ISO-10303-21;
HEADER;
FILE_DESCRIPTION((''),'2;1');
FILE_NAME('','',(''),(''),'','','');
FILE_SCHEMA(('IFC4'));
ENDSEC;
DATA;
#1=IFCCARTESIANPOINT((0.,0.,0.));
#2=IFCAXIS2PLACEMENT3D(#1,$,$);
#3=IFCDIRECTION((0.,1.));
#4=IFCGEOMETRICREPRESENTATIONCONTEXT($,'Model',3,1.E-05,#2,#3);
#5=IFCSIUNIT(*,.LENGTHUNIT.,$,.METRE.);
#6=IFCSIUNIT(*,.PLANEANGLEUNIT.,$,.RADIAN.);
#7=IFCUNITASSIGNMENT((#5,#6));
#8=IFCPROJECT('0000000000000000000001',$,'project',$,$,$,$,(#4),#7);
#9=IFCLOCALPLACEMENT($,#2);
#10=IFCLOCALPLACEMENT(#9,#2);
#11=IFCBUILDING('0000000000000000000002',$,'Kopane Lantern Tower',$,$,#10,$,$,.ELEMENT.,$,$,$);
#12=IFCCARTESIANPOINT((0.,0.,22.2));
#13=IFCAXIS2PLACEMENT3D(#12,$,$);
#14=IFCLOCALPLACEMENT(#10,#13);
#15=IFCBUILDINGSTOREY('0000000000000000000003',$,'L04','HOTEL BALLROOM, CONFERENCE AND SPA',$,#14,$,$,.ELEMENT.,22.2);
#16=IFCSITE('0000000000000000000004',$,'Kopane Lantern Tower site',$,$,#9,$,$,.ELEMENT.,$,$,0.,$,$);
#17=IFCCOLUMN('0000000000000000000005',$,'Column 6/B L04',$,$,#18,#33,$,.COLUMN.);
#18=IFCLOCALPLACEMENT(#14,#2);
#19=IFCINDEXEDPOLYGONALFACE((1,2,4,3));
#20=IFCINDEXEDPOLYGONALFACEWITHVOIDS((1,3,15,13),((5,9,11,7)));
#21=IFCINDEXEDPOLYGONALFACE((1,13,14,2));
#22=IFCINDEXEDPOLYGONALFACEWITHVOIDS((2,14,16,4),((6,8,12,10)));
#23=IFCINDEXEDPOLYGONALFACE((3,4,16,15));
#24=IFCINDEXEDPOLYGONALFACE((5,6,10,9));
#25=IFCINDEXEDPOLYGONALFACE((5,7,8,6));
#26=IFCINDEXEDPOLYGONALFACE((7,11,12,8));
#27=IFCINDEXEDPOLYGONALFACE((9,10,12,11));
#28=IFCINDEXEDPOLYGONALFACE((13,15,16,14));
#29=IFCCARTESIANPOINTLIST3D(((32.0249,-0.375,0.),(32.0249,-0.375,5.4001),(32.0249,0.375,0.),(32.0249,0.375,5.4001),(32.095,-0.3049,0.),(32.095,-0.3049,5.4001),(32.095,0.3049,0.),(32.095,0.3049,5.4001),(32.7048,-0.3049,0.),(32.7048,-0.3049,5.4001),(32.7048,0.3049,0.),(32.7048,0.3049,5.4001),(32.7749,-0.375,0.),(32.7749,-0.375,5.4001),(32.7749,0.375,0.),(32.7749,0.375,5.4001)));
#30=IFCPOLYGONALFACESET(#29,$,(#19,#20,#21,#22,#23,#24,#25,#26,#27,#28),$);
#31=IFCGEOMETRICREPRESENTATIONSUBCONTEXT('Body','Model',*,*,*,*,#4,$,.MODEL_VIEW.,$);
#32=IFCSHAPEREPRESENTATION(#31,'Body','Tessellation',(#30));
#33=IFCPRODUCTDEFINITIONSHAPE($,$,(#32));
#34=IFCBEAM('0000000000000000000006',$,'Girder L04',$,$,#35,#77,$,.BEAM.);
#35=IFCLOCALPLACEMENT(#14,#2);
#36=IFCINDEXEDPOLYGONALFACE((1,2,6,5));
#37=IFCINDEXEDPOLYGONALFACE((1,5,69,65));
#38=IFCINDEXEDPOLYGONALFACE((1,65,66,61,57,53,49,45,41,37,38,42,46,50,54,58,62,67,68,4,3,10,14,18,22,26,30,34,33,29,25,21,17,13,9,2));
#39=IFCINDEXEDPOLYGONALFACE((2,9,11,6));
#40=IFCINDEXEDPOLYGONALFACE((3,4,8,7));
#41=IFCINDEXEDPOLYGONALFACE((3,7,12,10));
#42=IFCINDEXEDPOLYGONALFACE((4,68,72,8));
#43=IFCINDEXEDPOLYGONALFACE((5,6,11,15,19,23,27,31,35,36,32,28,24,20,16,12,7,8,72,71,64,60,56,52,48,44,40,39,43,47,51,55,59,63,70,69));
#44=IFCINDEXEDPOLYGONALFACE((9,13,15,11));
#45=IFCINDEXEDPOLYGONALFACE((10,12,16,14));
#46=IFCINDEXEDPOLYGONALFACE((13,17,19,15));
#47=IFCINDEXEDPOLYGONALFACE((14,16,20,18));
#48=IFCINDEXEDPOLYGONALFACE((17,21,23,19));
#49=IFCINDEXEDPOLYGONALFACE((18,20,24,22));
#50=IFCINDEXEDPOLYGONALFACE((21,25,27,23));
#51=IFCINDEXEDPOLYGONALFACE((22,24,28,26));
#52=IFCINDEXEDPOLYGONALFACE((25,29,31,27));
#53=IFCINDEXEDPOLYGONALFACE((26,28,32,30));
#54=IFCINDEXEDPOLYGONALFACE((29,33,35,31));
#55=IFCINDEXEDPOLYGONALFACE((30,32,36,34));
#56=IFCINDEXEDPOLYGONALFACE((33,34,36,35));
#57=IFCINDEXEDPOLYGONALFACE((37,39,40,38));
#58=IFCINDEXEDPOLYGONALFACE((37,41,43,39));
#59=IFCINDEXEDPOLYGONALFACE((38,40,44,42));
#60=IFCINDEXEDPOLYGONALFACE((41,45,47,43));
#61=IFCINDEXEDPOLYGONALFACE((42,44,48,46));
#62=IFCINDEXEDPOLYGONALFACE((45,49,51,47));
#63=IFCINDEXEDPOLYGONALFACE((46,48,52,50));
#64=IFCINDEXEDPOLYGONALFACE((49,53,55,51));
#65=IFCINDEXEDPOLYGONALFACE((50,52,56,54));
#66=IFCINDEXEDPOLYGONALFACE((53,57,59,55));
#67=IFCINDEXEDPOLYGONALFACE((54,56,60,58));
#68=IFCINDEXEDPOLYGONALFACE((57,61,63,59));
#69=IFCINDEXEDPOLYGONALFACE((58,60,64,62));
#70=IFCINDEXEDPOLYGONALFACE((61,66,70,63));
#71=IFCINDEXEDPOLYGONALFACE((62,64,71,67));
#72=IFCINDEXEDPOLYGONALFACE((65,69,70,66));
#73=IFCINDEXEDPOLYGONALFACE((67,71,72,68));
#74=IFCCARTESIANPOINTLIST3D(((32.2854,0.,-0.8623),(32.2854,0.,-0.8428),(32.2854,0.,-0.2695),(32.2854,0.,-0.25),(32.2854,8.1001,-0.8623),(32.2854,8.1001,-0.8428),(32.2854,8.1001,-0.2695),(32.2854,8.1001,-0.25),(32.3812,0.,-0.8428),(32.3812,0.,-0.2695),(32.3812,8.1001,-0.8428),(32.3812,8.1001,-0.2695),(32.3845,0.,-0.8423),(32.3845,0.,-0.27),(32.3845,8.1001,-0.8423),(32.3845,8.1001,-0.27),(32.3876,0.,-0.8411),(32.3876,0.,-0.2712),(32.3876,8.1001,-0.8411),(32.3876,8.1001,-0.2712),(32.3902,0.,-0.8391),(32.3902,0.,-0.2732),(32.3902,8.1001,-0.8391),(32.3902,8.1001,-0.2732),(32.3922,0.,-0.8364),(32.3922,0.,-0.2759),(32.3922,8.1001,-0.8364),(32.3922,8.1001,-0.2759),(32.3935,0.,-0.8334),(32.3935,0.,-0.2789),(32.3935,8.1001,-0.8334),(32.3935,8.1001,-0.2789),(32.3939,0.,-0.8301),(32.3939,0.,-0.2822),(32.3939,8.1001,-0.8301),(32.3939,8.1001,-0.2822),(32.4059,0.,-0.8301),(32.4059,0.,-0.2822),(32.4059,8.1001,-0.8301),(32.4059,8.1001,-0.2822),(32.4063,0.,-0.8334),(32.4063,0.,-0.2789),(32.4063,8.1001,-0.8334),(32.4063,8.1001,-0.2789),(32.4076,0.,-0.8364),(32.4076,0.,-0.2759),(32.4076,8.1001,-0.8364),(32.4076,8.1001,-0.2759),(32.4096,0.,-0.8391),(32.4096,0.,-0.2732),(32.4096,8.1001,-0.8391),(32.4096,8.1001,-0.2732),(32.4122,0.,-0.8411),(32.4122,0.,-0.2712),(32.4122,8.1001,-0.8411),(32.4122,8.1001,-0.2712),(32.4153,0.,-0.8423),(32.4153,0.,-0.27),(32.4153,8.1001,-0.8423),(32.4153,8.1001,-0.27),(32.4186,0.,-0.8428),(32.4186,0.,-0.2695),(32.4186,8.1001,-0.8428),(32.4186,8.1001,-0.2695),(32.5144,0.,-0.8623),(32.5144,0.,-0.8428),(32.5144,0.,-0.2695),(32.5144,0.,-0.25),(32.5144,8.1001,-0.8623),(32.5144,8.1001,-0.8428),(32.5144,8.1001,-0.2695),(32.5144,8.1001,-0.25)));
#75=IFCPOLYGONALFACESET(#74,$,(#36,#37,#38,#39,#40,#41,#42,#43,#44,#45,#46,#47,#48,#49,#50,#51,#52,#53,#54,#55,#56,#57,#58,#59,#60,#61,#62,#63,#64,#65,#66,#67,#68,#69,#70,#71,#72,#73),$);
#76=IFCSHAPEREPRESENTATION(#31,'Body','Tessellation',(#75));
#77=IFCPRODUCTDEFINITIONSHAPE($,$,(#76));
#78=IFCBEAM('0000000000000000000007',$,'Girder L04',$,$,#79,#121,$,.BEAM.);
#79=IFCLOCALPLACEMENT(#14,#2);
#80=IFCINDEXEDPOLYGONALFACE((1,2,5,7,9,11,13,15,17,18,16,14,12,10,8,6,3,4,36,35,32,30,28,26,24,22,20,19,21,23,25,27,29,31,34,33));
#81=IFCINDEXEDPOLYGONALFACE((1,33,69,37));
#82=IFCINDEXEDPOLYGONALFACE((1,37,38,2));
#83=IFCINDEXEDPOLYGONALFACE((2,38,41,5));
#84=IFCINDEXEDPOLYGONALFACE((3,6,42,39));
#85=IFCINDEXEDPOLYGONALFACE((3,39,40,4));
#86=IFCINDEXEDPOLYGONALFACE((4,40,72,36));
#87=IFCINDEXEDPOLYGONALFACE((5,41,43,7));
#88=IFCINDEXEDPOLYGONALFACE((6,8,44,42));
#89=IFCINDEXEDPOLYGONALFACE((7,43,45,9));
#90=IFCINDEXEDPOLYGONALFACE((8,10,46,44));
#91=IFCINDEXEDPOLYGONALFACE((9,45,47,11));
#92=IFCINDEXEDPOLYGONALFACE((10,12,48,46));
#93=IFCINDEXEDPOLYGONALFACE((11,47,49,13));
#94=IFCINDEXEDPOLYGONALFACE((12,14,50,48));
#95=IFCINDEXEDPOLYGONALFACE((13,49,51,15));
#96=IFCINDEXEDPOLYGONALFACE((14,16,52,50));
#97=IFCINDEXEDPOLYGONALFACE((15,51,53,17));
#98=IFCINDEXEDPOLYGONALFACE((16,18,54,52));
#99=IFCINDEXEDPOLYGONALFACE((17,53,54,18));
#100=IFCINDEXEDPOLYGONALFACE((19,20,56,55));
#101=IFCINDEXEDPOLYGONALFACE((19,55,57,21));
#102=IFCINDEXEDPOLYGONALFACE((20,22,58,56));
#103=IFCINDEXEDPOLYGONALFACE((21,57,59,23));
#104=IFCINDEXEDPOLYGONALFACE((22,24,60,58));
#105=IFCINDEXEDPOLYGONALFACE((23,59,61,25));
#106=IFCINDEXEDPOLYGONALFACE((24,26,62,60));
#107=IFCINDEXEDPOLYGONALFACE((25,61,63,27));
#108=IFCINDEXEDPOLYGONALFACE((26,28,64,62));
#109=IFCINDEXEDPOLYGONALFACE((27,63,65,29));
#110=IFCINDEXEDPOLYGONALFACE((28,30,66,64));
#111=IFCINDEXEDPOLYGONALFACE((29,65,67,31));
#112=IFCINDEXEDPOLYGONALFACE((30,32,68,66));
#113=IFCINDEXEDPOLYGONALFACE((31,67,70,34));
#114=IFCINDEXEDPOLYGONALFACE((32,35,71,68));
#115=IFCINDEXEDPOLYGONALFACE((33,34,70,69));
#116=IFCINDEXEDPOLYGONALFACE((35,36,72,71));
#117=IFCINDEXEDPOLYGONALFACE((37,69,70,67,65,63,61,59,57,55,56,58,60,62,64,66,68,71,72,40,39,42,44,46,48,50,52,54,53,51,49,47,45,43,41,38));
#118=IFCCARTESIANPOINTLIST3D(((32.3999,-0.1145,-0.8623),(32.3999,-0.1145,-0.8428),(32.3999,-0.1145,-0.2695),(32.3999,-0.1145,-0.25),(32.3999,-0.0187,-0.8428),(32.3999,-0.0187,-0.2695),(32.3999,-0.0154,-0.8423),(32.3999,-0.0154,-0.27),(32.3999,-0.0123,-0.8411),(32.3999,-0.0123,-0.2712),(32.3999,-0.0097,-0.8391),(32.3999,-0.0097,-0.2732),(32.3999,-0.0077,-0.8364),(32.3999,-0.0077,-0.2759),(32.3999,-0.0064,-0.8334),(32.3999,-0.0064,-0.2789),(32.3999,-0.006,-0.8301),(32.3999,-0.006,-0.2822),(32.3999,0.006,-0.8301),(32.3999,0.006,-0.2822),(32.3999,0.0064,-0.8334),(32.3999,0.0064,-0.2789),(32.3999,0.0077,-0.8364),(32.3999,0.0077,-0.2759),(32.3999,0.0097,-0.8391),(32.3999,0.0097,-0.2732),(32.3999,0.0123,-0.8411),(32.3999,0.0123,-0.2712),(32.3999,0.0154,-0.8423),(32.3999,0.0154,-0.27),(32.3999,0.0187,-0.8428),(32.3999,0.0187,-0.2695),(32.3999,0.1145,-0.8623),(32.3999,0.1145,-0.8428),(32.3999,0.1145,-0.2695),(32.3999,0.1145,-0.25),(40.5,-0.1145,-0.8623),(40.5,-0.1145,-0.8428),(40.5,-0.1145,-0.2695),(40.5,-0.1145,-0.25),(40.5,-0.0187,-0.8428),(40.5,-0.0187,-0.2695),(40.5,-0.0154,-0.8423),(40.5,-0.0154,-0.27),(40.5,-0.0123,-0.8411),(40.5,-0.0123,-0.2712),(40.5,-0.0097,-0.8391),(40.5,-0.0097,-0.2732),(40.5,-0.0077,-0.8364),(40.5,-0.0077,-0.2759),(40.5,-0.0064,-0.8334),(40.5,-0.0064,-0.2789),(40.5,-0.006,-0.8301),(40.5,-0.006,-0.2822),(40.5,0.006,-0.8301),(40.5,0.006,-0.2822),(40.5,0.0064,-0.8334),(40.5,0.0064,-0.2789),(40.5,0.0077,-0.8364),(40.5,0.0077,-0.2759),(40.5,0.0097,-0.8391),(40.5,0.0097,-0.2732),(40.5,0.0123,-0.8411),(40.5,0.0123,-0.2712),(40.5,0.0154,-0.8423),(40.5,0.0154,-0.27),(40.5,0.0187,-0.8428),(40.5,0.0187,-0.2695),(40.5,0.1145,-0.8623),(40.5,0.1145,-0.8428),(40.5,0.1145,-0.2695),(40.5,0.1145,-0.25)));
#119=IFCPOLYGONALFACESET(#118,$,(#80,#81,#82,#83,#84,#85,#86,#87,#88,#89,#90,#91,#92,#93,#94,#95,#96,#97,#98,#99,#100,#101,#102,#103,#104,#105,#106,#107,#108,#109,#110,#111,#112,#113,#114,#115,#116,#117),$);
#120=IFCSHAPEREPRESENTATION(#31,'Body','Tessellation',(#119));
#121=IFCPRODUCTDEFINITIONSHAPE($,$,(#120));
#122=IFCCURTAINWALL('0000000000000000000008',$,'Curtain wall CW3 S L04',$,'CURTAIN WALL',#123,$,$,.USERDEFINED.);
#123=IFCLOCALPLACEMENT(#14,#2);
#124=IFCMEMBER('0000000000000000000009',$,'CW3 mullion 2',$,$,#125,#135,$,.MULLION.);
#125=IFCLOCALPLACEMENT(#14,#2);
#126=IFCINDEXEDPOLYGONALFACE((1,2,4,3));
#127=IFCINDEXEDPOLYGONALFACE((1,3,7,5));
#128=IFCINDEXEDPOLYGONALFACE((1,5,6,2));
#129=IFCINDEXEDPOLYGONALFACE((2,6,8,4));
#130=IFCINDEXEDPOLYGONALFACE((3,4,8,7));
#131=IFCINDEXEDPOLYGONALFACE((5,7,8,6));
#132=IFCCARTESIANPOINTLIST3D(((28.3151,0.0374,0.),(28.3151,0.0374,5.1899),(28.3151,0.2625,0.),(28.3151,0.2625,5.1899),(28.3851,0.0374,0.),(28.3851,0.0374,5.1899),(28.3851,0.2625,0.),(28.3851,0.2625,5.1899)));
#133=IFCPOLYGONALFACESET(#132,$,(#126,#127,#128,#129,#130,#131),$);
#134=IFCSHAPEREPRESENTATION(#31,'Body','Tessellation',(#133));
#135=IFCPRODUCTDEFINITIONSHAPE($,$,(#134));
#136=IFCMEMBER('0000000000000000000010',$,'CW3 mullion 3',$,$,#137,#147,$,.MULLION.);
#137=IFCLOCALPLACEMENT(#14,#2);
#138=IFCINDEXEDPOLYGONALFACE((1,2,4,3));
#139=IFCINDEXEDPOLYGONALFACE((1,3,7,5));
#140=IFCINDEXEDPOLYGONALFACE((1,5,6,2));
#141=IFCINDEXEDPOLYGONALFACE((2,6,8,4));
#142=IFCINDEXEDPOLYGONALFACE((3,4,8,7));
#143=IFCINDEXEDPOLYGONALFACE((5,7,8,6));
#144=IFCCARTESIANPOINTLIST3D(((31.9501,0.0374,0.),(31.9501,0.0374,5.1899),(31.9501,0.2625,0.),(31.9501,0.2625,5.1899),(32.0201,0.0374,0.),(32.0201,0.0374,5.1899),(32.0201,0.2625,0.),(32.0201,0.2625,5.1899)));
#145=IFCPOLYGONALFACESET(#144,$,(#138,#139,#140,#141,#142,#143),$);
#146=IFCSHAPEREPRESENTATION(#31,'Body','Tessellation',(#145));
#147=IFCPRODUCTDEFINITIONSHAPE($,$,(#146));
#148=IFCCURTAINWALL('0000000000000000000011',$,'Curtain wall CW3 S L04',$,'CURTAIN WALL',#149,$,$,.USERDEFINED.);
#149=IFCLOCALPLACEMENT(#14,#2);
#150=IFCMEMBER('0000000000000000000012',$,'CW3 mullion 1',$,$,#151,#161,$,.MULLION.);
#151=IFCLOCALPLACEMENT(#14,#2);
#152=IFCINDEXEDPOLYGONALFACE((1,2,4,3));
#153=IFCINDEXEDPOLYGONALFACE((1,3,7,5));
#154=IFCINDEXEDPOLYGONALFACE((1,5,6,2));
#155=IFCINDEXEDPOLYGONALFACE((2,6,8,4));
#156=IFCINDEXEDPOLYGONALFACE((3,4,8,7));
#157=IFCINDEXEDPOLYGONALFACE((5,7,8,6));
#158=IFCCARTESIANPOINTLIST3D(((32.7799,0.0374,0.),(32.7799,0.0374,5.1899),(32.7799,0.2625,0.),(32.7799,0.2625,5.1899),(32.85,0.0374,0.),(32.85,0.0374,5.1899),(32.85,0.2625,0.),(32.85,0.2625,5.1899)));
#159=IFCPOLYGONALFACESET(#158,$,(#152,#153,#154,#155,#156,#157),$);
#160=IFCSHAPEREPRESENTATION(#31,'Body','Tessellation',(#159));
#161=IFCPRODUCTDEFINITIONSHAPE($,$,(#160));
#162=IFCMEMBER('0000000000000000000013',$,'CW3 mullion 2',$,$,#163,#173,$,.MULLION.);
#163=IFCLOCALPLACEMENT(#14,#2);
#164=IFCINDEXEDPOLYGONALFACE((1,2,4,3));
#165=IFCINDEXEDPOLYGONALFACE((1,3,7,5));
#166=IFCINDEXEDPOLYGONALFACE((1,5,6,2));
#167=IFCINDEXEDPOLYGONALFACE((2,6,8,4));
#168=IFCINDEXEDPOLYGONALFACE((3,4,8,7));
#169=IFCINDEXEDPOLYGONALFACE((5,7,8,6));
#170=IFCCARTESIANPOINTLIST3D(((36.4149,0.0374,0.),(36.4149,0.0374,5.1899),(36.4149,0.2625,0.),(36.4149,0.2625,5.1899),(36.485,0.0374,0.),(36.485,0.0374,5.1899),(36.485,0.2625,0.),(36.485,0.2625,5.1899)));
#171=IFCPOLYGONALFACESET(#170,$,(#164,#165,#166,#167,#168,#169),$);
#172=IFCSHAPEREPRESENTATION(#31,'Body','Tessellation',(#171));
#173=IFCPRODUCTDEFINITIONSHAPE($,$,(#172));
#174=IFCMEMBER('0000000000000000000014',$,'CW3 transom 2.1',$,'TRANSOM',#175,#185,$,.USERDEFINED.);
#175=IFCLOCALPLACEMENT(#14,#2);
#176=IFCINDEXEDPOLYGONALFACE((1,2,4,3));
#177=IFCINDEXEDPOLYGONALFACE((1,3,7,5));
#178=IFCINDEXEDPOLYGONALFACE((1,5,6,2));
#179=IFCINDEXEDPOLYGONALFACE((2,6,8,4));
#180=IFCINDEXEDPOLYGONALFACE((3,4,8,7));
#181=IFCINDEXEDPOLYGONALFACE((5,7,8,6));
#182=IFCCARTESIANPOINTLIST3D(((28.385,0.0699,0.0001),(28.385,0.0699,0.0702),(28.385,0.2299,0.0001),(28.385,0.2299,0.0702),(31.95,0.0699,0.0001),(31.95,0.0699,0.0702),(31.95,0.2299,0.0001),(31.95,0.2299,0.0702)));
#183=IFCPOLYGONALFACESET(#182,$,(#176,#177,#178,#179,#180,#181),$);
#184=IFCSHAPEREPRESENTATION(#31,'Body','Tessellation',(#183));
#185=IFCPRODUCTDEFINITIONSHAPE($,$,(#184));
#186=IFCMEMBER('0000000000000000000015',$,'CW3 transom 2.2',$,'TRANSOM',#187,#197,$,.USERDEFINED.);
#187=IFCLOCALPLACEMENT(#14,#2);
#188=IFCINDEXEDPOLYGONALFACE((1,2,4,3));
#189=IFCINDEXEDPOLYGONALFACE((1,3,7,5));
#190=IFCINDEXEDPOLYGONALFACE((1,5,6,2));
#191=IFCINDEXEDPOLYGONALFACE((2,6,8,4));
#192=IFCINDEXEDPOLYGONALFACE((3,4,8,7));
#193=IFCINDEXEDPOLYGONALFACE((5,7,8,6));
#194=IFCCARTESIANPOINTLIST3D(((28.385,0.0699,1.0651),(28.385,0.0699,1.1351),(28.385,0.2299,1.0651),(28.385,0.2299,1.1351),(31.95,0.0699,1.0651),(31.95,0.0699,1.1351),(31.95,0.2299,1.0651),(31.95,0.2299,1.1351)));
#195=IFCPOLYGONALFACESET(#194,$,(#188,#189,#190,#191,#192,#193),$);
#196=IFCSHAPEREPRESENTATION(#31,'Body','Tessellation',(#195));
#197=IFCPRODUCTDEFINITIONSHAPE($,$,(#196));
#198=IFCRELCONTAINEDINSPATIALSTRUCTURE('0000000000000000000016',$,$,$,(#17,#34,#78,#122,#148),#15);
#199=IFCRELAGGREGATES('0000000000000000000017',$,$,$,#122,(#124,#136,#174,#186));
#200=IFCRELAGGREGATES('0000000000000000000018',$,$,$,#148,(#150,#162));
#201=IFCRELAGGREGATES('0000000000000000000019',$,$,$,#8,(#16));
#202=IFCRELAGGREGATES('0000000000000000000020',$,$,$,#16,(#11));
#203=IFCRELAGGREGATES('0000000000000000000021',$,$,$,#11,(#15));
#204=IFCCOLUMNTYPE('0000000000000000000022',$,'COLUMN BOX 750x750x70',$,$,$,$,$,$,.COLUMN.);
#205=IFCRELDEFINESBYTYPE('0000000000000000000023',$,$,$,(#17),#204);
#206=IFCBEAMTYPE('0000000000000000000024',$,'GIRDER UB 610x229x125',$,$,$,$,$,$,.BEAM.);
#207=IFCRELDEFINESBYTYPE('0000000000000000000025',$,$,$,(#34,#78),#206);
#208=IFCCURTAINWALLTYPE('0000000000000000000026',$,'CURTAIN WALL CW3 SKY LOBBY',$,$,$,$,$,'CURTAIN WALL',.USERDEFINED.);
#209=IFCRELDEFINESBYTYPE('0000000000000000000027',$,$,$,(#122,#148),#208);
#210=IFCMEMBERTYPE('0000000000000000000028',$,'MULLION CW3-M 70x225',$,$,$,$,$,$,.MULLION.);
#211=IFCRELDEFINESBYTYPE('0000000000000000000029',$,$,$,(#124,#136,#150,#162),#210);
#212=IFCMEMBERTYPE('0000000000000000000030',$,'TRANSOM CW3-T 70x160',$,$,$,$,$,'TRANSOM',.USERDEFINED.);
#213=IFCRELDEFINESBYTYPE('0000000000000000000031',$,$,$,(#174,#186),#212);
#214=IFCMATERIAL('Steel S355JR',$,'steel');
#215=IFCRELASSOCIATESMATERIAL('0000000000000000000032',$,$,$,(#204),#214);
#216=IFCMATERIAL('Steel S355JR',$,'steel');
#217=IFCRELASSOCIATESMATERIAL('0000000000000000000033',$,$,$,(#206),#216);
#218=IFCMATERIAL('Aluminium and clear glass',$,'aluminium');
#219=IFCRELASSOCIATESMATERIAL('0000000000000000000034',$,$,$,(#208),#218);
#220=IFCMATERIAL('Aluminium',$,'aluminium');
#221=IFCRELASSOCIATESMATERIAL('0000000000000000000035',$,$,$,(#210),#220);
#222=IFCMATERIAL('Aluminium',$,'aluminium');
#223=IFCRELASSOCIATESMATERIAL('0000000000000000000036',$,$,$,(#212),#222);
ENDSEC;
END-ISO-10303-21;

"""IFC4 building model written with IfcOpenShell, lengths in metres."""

from ifc_helpers import new_model, si_unit, direction, frame, origin, origin_2d, place, context, subcontext, project, spatial, rectangle, hollow_rectangle, i_section, extrude, material, material_profile, profile_set, type_object, element, aggregate, save


model = new_model("IFC4")

# Units and contexts
model_context = context("Model", 3, precision=1e-05, world=origin(), true_north=direction((0.0, 1.0)))
body_context = subcontext(model_context, "Body", "Model", "MODEL_VIEW")
ifc_project = project(units=[si_unit("LENGTHUNIT", "METRE"), si_unit("PLANEANGLEUNIT", "RADIAN")], contexts=[model_context])

# Site, building, storey
site_placement = place(None, origin())
site = spatial("IfcSite", under=ifc_project, at=site_placement, Name="Kopane Lantern Tower site", CompositionType="ELEMENT", RefElevation=0.0)
building_placement = place(site_placement, origin())
building = spatial("IfcBuilding", under=site, at=building_placement, Name="Kopane Lantern Tower", CompositionType="ELEMENT")
storey_placement = place(building_placement, frame((0.0, 0.0, 22.2)))
storey = spatial("IfcBuildingStorey", under=building, at=storey_placement, Name="L04", Description="HOTEL BALLROOM, CONFERENCE AND SPA", CompositionType="ELEMENT", Elevation=22.2)

# Column
ifc_material_1 = material(Name="Steel S355JR", Category="steel")
ifc_material_profile_1 = material_profile(ifc_material_1, hollow_rectangle(XDim=0.75, YDim=0.75, WallThickness=0.0701, at=origin_2d()), Name="BOX 750x750x70")
ifc_profile_set_1 = profile_set([ifc_material_profile_1], Name="Steel S355JR")
column_type = type_object("IfcColumnType", Name="COLUMN BOX 750x750x70", PredefinedType="COLUMN", material=ifc_profile_set_1)
column_placement = place(storey_placement, frame((32.3999, 0.0, 0.0), z_axis=(0.0, 0.0, 1.0), x_axis=(1.0, 0.0, 0.0)))
element("IfcColumn", 1, at=column_placement, inside=storey, type_object=column_type, Name="Column 6/B L04", PredefinedType="COLUMN", context=body_context, shape_type="SweptSolid", body=[
    extrude(hollow_rectangle(XDim=0.75, YDim=0.75, WallThickness=0.0701, at=origin_2d()), origin(), (0.0, 0.0, 1.0), 5.4001),
])

# Beams
ifc_material_2 = material(Name="Steel S355JR", Category="steel")
ifc_material_profile_2 = material_profile(ifc_material_2, i_section(OverallWidth=0.229, OverallDepth=0.6123, WebThickness=0.012, FlangeThickness=0.0195, FilletRadius=0.0127, at=origin_2d()), Name="UB 610x229x125")
ifc_profile_set_2 = profile_set([ifc_material_profile_2], Name="Steel S355JR")
beam_type = type_object("IfcBeamType", Name="GIRDER UB 610x229x125", PredefinedType="BEAM", material=ifc_profile_set_2)
for number, where, z_axis, x_axis, name in (
    (2, (32.3999, 0.0, -0.5562), (0.0, 1.0, 0.0), (-1.0, 0.0, 0.0), "Girder L04"),
    (3, (32.3999, 0.0, -0.5562), (1.0, 0.0, 0.0), (0.0, 1.0, 0.0), "Girder L04"),
):
    element("IfcBeam", number, at=place(storey_placement, frame(where, z_axis=z_axis, x_axis=x_axis)), inside=storey, type_object=beam_type, Name=name, PredefinedType="BEAM", context=body_context, shape_type="SweptSolid", body=[
        extrude(i_section(OverallWidth=0.229, OverallDepth=0.6123, WebThickness=0.012, FlangeThickness=0.0195, FilletRadius=0.0127, at=origin_2d()), origin(), (0.0, 0.0, 1.0), 8.1001),
    ])

# Curtain walls, members
ifc_material_3 = material(Name="Aluminium and clear glass", Category="aluminium")
curtain_wall_type = type_object("IfcCurtainWallType", Name="CURTAIN WALL CW3 SKY LOBBY", ElementType="CURTAIN WALL", PredefinedType="USERDEFINED", material=ifc_material_3)
curtain_wall_1_placement = place(storey_placement, origin())
curtain_wall_1 = element("IfcCurtainWall", 4, at=curtain_wall_1_placement, inside=storey, type_object=curtain_wall_type, Name="Curtain wall CW3 S L04", ObjectType="CURTAIN WALL", PredefinedType="USERDEFINED")
ifc_material_4 = material(Name="Aluminium", Category="aluminium")
ifc_material_profile_3 = material_profile(ifc_material_4, rectangle(XDim=0.0701, YDim=0.2251, at=origin_2d()), Name="AL 70x225")
ifc_profile_set_3 = profile_set([ifc_material_profile_3], Name="Aluminium")
member_type_1 = type_object("IfcMemberType", Name="MULLION CW3-M 70x225", PredefinedType="MULLION", material=ifc_profile_set_3)
member_1_placement = place(storey_placement, frame((28.3501, 0.1499, 0.0), z_axis=(0.0, 0.0, 1.0), x_axis=(1.0, 0.0, 0.0)))
member_1 = element("IfcMember", 5, at=member_1_placement, type_object=member_type_1, Name="CW3 mullion 2", PredefinedType="MULLION", context=body_context, shape_type="SweptSolid", body=[
    extrude(rectangle(XDim=0.0701, YDim=0.2251, at=origin_2d()), origin(), (0.0, 0.0, 1.0), 5.1899),
])
member_2_placement = place(storey_placement, frame((31.9851, 0.1499, 0.0), z_axis=(0.0, 0.0, 1.0), x_axis=(1.0, 0.0, 0.0)))
member_2 = element("IfcMember", 6, at=member_2_placement, type_object=member_type_1, Name="CW3 mullion 3", PredefinedType="MULLION", context=body_context, shape_type="SweptSolid", body=[
    extrude(rectangle(XDim=0.0701, YDim=0.2251, at=origin_2d()), origin(), (0.0, 0.0, 1.0), 5.1899),
])
curtain_wall_2_placement = place(storey_placement, origin())
curtain_wall_2 = element("IfcCurtainWall", 7, at=curtain_wall_2_placement, inside=storey, type_object=curtain_wall_type, Name="Curtain wall CW3 S L04", ObjectType="CURTAIN WALL", PredefinedType="USERDEFINED")
member_3_placement = place(storey_placement, frame((32.8149, 0.1499, 0.0), z_axis=(0.0, 0.0, 1.0), x_axis=(1.0, 0.0, 0.0)))
member_3 = element("IfcMember", 8, at=member_3_placement, type_object=member_type_1, Name="CW3 mullion 1", PredefinedType="MULLION", context=body_context, shape_type="SweptSolid", body=[
    extrude(rectangle(XDim=0.0701, YDim=0.2251, at=origin_2d()), origin(), (0.0, 0.0, 1.0), 5.1899),
])
member_4_placement = place(storey_placement, frame((36.45, 0.1499, 0.0), z_axis=(0.0, 0.0, 1.0), x_axis=(1.0, 0.0, 0.0)))
member_4 = element("IfcMember", 9, at=member_4_placement, type_object=member_type_1, Name="CW3 mullion 2", PredefinedType="MULLION", context=body_context, shape_type="SweptSolid", body=[
    extrude(rectangle(XDim=0.0701, YDim=0.2251, at=origin_2d()), origin(), (0.0, 0.0, 1.0), 5.1899),
])

# Members
ifc_material_5 = material(Name="Aluminium", Category="aluminium")
ifc_material_profile_4 = material_profile(ifc_material_5, rectangle(XDim=0.1599, YDim=0.0701, at=origin_2d()), Name="AL 160x70")
ifc_profile_set_4 = profile_set([ifc_material_profile_4], Name="Aluminium")
member_type_2 = type_object("IfcMemberType", Name="TRANSOM CW3-T 70x160", ElementType="TRANSOM", PredefinedType="USERDEFINED", material=ifc_profile_set_4)
member_5_placement = place(storey_placement, frame((28.385, 0.1499, 0.0352), z_axis=(1.0, 0.0, 0.0), x_axis=(0.0, 1.0, 0.0)))
member_5 = element("IfcMember", 10, at=member_5_placement, type_object=member_type_2, Name="CW3 transom 2.1", ObjectType="TRANSOM", PredefinedType="USERDEFINED", context=body_context, shape_type="SweptSolid", body=[
    extrude(rectangle(XDim=0.1599, YDim=0.0701, at=origin_2d()), origin(), (0.0, 0.0, 1.0), 3.5649),
])
member_6_placement = place(storey_placement, frame((28.385, 0.1499, 1.1001), z_axis=(1.0, 0.0, 0.0), x_axis=(0.0, 1.0, 0.0)))
member_6 = element("IfcMember", 11, at=member_6_placement, type_object=member_type_2, Name="CW3 transom 2.2", ObjectType="TRANSOM", PredefinedType="USERDEFINED", context=body_context, shape_type="SweptSolid", body=[
    extrude(rectangle(XDim=0.1599, YDim=0.0701, at=origin_2d()), origin(), (0.0, 0.0, 1.0), 3.5649),
])

aggregate(curtain_wall_1, [member_1, member_2, member_5, member_6])
aggregate(curtain_wall_2, [member_3, member_4])

save(model, "model.ifc")
